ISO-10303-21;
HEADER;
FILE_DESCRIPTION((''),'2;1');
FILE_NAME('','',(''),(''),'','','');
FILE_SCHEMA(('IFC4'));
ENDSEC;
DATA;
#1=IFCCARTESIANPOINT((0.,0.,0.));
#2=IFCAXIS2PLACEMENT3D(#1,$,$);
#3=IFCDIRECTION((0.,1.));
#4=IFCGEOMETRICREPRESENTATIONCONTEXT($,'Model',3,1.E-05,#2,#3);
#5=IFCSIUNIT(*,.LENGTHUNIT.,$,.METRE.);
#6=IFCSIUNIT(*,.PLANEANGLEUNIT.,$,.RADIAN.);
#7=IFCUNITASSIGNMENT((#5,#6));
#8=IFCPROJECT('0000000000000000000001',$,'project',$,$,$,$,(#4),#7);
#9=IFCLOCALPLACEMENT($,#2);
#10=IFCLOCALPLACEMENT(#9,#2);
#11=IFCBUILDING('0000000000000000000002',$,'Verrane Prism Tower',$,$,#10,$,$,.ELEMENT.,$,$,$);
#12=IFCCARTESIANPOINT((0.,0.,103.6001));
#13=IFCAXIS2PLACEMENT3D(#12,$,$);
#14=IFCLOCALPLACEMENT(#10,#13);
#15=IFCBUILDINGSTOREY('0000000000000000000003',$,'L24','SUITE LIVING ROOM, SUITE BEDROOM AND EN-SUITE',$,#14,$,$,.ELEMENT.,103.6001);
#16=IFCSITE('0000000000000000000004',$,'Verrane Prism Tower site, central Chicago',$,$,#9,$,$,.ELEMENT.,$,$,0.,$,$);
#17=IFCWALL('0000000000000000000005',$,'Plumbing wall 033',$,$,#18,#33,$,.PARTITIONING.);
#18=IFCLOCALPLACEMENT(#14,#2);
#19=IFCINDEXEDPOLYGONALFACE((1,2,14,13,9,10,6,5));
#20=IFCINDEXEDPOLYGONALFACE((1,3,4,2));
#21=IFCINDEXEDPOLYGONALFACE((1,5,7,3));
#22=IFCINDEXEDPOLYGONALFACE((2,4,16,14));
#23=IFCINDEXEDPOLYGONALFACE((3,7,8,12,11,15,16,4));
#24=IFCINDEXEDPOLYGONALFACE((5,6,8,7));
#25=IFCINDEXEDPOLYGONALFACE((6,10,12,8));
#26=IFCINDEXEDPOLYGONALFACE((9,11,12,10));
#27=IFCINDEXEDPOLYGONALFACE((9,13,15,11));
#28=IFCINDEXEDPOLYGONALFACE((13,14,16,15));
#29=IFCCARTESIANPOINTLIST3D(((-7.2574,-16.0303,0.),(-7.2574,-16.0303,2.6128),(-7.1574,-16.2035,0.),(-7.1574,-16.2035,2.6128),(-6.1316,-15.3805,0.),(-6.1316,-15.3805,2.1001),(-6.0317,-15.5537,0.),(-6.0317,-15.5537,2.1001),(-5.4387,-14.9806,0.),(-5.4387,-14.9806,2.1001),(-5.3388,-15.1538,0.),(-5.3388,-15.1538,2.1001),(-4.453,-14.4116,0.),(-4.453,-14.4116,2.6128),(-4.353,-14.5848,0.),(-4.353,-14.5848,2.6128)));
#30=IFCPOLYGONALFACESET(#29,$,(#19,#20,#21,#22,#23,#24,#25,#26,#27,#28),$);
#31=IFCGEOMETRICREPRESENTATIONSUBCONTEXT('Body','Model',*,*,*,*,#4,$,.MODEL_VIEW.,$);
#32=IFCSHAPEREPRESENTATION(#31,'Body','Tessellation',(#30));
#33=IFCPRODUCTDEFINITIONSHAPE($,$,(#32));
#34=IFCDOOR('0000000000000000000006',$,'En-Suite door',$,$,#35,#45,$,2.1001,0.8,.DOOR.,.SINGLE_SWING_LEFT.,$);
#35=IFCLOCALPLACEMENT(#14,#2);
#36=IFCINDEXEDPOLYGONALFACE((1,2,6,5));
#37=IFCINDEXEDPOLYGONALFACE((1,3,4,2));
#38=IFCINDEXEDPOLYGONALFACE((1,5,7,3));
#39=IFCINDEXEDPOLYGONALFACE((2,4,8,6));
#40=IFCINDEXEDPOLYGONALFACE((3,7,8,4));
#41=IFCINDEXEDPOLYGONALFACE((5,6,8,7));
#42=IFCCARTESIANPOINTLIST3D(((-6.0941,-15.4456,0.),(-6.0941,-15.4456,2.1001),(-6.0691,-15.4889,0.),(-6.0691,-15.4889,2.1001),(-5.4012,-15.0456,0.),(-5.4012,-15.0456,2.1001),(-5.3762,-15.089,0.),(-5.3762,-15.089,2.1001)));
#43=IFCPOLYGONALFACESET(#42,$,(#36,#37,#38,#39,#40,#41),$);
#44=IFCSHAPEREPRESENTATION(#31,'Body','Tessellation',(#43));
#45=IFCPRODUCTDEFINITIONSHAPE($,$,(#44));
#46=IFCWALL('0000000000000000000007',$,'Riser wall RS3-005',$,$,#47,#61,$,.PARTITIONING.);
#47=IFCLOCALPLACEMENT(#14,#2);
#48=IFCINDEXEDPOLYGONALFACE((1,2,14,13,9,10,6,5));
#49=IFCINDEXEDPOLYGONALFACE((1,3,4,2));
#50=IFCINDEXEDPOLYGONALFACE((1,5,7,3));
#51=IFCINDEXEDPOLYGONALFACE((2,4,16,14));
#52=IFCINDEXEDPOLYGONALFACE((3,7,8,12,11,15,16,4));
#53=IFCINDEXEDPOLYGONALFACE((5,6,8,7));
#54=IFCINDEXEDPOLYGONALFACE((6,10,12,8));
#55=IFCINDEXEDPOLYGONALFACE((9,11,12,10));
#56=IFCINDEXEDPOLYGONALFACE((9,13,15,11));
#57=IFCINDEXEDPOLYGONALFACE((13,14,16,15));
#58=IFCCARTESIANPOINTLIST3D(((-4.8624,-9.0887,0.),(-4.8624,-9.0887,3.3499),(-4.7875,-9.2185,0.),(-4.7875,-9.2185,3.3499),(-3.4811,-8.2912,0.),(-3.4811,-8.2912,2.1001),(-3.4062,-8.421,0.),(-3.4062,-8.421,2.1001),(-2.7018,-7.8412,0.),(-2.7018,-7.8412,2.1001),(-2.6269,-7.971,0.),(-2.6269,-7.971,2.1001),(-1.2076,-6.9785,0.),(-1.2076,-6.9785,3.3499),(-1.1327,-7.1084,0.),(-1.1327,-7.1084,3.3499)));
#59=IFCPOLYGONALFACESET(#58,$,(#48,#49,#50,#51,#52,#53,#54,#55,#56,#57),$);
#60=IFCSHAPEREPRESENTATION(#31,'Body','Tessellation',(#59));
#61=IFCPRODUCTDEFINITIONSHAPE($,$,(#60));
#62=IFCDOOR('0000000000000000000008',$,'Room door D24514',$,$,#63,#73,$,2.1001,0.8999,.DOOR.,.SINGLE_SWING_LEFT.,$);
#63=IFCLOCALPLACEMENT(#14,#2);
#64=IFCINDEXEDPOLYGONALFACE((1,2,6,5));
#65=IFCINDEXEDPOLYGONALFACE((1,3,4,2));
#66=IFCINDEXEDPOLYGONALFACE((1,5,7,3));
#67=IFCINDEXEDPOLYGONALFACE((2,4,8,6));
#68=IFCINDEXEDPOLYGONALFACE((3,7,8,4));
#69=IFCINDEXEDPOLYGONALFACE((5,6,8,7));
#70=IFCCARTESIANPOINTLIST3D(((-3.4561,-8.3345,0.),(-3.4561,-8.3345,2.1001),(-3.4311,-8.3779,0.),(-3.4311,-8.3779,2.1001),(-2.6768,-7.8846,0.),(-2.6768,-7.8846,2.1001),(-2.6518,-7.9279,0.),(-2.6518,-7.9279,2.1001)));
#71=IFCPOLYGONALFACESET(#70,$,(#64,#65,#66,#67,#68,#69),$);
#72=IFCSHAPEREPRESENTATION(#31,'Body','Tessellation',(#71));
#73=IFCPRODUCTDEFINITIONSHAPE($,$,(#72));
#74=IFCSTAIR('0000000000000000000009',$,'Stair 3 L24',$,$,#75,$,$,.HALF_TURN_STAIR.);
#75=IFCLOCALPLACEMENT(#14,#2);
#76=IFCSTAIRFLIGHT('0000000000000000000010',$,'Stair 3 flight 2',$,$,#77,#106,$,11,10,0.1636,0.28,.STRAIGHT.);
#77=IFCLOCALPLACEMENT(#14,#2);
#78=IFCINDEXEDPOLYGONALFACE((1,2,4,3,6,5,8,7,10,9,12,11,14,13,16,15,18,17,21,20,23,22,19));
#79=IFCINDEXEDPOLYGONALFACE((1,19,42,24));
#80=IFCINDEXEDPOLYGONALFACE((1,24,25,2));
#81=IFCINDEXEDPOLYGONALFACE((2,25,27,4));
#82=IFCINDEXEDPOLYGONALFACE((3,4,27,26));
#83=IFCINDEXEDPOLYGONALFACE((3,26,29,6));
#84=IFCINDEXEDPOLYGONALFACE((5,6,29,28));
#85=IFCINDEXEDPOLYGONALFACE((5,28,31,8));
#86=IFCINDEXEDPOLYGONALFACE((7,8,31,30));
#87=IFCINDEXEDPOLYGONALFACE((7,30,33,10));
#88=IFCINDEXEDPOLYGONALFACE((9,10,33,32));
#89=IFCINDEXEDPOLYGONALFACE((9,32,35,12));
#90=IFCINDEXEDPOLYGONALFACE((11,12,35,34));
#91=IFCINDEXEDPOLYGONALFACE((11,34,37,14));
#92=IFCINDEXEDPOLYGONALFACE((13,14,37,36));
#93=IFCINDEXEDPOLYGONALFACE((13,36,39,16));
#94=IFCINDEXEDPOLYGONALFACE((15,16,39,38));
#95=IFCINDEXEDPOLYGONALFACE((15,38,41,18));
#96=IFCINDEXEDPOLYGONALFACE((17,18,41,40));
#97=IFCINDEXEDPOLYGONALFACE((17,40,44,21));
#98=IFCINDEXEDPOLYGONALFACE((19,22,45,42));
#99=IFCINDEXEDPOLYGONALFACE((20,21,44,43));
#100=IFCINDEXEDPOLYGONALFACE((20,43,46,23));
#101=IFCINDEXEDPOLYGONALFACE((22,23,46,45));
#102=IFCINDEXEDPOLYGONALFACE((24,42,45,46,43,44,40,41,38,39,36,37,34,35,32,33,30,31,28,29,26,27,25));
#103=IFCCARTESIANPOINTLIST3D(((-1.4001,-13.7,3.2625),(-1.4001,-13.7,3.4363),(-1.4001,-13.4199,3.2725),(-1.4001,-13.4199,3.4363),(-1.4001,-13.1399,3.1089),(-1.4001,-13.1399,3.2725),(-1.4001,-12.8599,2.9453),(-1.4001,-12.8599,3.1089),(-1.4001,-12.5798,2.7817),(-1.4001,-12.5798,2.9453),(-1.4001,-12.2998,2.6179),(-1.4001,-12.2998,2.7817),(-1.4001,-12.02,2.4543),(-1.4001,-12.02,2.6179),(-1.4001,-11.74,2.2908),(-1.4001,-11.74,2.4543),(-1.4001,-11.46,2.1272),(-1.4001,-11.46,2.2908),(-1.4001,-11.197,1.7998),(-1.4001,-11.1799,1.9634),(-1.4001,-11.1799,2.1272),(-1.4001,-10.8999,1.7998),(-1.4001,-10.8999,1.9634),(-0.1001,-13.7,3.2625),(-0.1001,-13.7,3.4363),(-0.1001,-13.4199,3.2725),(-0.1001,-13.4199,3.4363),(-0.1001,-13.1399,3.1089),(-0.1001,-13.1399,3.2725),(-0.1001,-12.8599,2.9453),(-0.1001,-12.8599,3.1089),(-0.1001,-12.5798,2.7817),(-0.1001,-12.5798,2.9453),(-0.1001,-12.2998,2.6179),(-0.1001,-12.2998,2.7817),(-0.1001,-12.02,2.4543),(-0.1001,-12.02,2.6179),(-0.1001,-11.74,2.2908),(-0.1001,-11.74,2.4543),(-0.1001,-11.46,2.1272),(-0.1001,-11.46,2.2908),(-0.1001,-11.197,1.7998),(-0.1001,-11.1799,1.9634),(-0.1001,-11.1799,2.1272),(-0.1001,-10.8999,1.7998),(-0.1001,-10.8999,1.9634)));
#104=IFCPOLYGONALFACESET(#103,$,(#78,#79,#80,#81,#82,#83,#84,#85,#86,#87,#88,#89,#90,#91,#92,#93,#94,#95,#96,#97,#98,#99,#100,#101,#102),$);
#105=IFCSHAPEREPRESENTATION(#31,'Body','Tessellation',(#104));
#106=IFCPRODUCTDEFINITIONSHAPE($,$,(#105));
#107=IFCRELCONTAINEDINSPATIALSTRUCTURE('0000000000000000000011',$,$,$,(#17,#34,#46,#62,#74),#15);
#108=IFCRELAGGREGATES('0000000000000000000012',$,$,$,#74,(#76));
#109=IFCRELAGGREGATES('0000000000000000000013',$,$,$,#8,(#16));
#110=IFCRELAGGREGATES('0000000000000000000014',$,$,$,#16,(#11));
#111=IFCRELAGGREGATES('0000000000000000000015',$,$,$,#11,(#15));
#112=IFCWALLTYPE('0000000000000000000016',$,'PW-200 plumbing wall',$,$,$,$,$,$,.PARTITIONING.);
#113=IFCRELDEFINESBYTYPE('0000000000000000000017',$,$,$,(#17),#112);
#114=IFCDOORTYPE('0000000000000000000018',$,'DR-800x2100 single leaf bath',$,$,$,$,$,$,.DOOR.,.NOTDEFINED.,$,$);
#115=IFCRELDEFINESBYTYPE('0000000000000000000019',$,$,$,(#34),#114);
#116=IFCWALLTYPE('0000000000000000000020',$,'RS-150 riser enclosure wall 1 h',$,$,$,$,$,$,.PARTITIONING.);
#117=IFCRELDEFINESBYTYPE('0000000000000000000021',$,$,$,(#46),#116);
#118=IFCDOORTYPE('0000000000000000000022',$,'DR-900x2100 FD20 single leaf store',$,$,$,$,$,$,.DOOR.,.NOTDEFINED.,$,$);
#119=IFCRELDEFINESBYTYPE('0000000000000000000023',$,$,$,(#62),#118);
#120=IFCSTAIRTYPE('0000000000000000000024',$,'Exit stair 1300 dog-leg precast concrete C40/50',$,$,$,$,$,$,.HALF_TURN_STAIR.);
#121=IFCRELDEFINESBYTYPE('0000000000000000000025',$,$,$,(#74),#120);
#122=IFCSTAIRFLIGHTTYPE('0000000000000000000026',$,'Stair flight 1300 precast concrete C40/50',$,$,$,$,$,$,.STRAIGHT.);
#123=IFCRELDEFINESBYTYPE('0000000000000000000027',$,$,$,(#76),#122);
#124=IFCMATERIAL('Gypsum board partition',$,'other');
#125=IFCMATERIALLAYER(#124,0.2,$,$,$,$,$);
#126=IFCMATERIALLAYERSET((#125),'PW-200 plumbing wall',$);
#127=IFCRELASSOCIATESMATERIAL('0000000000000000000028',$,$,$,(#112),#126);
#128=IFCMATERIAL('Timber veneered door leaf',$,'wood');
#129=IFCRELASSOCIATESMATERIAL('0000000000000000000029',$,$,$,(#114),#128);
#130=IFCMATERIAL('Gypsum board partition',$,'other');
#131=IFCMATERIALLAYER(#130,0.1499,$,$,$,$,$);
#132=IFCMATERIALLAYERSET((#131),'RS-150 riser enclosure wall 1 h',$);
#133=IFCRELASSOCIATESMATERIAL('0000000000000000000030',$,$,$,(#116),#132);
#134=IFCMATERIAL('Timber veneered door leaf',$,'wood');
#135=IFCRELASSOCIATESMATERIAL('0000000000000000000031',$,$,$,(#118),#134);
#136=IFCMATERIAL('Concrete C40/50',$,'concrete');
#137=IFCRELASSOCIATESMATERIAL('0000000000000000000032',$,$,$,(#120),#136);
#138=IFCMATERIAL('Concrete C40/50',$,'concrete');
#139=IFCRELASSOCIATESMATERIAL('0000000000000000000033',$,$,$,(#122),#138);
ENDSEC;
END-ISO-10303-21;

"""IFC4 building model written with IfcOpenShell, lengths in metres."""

from ifc_helpers import new_model, si_unit, direction, frame, frame_2d, origin, place, context, subcontext, project, spatial, polyline, rectangle, outline, extrude, material, layer, layer_set, type_object, element, fill, aggregate, save


model = new_model("IFC4")

# Units and contexts
model_context = context("Model", 3, precision=1e-05, world=origin(), true_north=direction((0.0, 1.0)))
body_context = subcontext(model_context, "Body", "Model", "MODEL_VIEW")
ifc_project = project(units=[si_unit("LENGTHUNIT", "METRE"), si_unit("PLANEANGLEUNIT", "RADIAN")], contexts=[model_context])

# Site, building, storey
site_placement = place(None, origin())
site = spatial("IfcSite", under=ifc_project, at=site_placement, Name="Verrane Prism Tower site, central Chicago", CompositionType="ELEMENT", RefElevation=0.0)
building_placement = place(site_placement, origin())
building = spatial("IfcBuilding", under=site, at=building_placement, Name="Verrane Prism Tower", CompositionType="ELEMENT")
storey_placement = place(building_placement, frame((0.0, 0.0, 103.6001)))
storey = spatial("IfcBuildingStorey", under=building, at=storey_placement, Name="L24", Description="SUITE LIVING ROOM, SUITE BEDROOM AND EN-SUITE", CompositionType="ELEMENT", Elevation=103.6001)

# Shared definitions
ifc_material_1 = material(Name="Gypsum board partition", Category="other")
ifc_layer_1 = layer(ifc_material_1, 0.2)
ifc_layer_set_1 = layer_set([ifc_layer_1], Name="PW-200 plumbing wall")
wall_type_1 = type_object("IfcWallType", Name="PW-200 plumbing wall", PredefinedType="PARTITIONING", material=ifc_layer_set_1)

# Shared definitions
ifc_material_2 = material(Name="Timber veneered door leaf", Category="wood")
door_type_1 = type_object("IfcDoorType", Name="DR-800x2100 single leaf bath", OperationType="NOTDEFINED", PredefinedType="DOOR", material=ifc_material_2)

# Walls, openings, doors
wall_1_placement = place(storey_placement, frame((-7.2075, -16.1169, 0.0), z_axis=(0.0, 0.0, 1.0), x_axis=(0.866091, 0.499886, 0.0)))
wall_1 = element("IfcWall", 1, at=wall_1_placement, inside=storey, type_object=wall_type_1, Name="Plumbing wall 033", PredefinedType="PARTITIONING", context=body_context, shape_type="SweptSolid", body=[
    extrude(rectangle(XDim=3.238, YDim=0.2, at=frame_2d((1.6191, 0.0))), origin(), (0.0, 0.0, 1.0), 2.6128),
])
opening_1_placement = place(wall_1_placement, frame((1.3, 0.0, 0.0)))
opening_1 = element("IfcOpeningElement", 2, at=opening_1_placement, cuts=wall_1, PredefinedType="OPENING", context=body_context, shape_type="SweptSolid", body=[
    extrude(rectangle(XDim=0.8, YDim=2.1001, at=frame_2d((0.3999, 1.05))), frame((0.0, 0.1099, 0.0), z_axis=(0.0, -1.0, 0.0), x_axis=(1.0, 0.0, 0.0)), (0.0, 0.0, 1.0), 0.22),
])
door_1_placement = place(opening_1_placement, origin())
door_1 = element("IfcDoor", 3, at=door_1_placement, inside=storey, type_object=door_type_1, Name="En-Suite door", OperationType="SINGLE_SWING_LEFT", OverallHeight=2.1001, OverallWidth=0.8, PredefinedType="DOOR", context=body_context, shape_type="SweptSolid", body=[
    extrude(rectangle(XDim=0.8, YDim=2.1001, at=frame_2d((0.3999, 1.05))), frame((0.0, 0.0249, 0.0), z_axis=(0.0, -1.0, 0.0), x_axis=(1.0, 0.0, 0.0)), (0.0, 0.0, 1.0), 0.05),
])
fill(opening_1, door_1)
ifc_material_3 = material(Name="Gypsum board partition", Category="other")
ifc_layer_2 = layer(ifc_material_3, 0.1499)
ifc_layer_set_2 = layer_set([ifc_layer_2], Name="RS-150 riser enclosure wall 1 h")
wall_type_2 = type_object("IfcWallType", Name="RS-150 riser enclosure wall 1 h", PredefinedType="PARTITIONING", material=ifc_layer_set_2)
wall_2_placement = place(storey_placement, frame((-4.825, -9.1536, 0.0), z_axis=(0.0, 0.0, 1.0), x_axis=(0.866024, 0.500003, 0.0)))
wall_2 = element("IfcWall", 4, at=wall_2_placement, inside=storey, type_object=wall_type_2, Name="Riser wall RS3-005", PredefinedType="PARTITIONING", context=body_context, shape_type="SweptSolid", body=[
    extrude(rectangle(XDim=4.2202, YDim=0.1499, at=frame_2d((2.1101, 0.0))), origin(), (0.0, 0.0, 1.0), 3.3499),
])
opening_2_placement = place(wall_2_placement, frame((1.595, 0.0, 0.0)))
opening_2 = element("IfcOpeningElement", 5, at=opening_2_placement, cuts=wall_2, PredefinedType="OPENING", context=body_context, shape_type="SweptSolid", body=[
    extrude(rectangle(XDim=0.8999, YDim=2.1001, at=frame_2d((0.45, 1.05))), frame((0.0, 0.085, 0.0), z_axis=(0.0, -1.0, 0.0), x_axis=(1.0, 0.0, 0.0)), (0.0, 0.0, 1.0), 0.1699),
])
ifc_material_4 = material(Name="Timber veneered door leaf", Category="wood")
door_type_2 = type_object("IfcDoorType", Name="DR-900x2100 FD20 single leaf store", OperationType="NOTDEFINED", PredefinedType="DOOR", material=ifc_material_4)
door_2_placement = place(opening_2_placement, origin())
door_2 = element("IfcDoor", 6, at=door_2_placement, inside=storey, type_object=door_type_2, Name="Room door D24514", OperationType="SINGLE_SWING_LEFT", OverallHeight=2.1001, OverallWidth=0.8999, PredefinedType="DOOR", context=body_context, shape_type="SweptSolid", body=[
    extrude(rectangle(XDim=0.8999, YDim=2.1001, at=frame_2d((0.45, 1.05))), frame((0.0, 0.0249, 0.0), z_axis=(0.0, -1.0, 0.0), x_axis=(1.0, 0.0, 0.0)), (0.0, 0.0, 1.0), 0.05),
])
fill(opening_2, door_2)

# Stair, stair flight
ifc_material_5 = material(Name="Concrete C40/50", Category="concrete")
stair_type = type_object("IfcStairType", Name="Exit stair 1300 dog-leg precast concrete C40/50", PredefinedType="HALF_TURN_STAIR", material=ifc_material_5)
stair_placement = place(storey_placement, origin())
stair = element("IfcStair", 7, at=stair_placement, inside=storey, type_object=stair_type, Name="Stair 3 L24", PredefinedType="HALF_TURN_STAIR")
ifc_material_6 = material(Name="Concrete C40/50", Category="concrete")
stair_flight_type = type_object("IfcStairFlightType", Name="Stair flight 1300 precast concrete C40/50", PredefinedType="STRAIGHT", material=ifc_material_6)
stair_flight_placement = place(storey_placement, frame((-0.75, -10.8999, 1.7998), z_axis=(0.0, 0.0, 1.0), x_axis=(0.0, -1.0, 0.0)))
stair_flight = element("IfcStairFlight", 8, at=stair_flight_placement, type_object=stair_flight_type, Name="Stair 3 flight 2", NumberOfRisers=11, NumberOfTreads=10, PredefinedType="STRAIGHT", RiserHeight=0.1636, TreadLength=0.28, context=body_context, shape_type="SweptSolid", body=[
    extrude(outline(polyline([(0.0, 0.0), (0.0, 0.1636), (0.28, 0.1636), (0.28, 0.3274), (0.5601, 0.3274), (0.5601, 0.491), (0.8401, 0.491), (0.8401, 0.6545), (1.1201, 0.6545), (1.1201, 0.8181), (1.3999, 0.8181), (1.3999, 0.9819), (1.6799, 0.9819), (1.6799, 1.1455), (1.96, 1.1455), (1.96, 1.3091), (2.24, 1.3091), (2.24, 1.4727), (2.52, 1.4727), (2.52, 1.6365), (2.8, 1.6365), (2.8, 1.8), (2.8, 1.4626), (0.2971, 0.0), (0.0, 0.0)])), frame((0.0, 0.6499, 0.0), z_axis=(0.0, -1.0, 0.0), x_axis=(1.0, 0.0, 0.0)), (0.0, 0.0, 1.0), 1.3),
])
aggregate(stair, [stair_flight])

save(model, "model.ifc")
